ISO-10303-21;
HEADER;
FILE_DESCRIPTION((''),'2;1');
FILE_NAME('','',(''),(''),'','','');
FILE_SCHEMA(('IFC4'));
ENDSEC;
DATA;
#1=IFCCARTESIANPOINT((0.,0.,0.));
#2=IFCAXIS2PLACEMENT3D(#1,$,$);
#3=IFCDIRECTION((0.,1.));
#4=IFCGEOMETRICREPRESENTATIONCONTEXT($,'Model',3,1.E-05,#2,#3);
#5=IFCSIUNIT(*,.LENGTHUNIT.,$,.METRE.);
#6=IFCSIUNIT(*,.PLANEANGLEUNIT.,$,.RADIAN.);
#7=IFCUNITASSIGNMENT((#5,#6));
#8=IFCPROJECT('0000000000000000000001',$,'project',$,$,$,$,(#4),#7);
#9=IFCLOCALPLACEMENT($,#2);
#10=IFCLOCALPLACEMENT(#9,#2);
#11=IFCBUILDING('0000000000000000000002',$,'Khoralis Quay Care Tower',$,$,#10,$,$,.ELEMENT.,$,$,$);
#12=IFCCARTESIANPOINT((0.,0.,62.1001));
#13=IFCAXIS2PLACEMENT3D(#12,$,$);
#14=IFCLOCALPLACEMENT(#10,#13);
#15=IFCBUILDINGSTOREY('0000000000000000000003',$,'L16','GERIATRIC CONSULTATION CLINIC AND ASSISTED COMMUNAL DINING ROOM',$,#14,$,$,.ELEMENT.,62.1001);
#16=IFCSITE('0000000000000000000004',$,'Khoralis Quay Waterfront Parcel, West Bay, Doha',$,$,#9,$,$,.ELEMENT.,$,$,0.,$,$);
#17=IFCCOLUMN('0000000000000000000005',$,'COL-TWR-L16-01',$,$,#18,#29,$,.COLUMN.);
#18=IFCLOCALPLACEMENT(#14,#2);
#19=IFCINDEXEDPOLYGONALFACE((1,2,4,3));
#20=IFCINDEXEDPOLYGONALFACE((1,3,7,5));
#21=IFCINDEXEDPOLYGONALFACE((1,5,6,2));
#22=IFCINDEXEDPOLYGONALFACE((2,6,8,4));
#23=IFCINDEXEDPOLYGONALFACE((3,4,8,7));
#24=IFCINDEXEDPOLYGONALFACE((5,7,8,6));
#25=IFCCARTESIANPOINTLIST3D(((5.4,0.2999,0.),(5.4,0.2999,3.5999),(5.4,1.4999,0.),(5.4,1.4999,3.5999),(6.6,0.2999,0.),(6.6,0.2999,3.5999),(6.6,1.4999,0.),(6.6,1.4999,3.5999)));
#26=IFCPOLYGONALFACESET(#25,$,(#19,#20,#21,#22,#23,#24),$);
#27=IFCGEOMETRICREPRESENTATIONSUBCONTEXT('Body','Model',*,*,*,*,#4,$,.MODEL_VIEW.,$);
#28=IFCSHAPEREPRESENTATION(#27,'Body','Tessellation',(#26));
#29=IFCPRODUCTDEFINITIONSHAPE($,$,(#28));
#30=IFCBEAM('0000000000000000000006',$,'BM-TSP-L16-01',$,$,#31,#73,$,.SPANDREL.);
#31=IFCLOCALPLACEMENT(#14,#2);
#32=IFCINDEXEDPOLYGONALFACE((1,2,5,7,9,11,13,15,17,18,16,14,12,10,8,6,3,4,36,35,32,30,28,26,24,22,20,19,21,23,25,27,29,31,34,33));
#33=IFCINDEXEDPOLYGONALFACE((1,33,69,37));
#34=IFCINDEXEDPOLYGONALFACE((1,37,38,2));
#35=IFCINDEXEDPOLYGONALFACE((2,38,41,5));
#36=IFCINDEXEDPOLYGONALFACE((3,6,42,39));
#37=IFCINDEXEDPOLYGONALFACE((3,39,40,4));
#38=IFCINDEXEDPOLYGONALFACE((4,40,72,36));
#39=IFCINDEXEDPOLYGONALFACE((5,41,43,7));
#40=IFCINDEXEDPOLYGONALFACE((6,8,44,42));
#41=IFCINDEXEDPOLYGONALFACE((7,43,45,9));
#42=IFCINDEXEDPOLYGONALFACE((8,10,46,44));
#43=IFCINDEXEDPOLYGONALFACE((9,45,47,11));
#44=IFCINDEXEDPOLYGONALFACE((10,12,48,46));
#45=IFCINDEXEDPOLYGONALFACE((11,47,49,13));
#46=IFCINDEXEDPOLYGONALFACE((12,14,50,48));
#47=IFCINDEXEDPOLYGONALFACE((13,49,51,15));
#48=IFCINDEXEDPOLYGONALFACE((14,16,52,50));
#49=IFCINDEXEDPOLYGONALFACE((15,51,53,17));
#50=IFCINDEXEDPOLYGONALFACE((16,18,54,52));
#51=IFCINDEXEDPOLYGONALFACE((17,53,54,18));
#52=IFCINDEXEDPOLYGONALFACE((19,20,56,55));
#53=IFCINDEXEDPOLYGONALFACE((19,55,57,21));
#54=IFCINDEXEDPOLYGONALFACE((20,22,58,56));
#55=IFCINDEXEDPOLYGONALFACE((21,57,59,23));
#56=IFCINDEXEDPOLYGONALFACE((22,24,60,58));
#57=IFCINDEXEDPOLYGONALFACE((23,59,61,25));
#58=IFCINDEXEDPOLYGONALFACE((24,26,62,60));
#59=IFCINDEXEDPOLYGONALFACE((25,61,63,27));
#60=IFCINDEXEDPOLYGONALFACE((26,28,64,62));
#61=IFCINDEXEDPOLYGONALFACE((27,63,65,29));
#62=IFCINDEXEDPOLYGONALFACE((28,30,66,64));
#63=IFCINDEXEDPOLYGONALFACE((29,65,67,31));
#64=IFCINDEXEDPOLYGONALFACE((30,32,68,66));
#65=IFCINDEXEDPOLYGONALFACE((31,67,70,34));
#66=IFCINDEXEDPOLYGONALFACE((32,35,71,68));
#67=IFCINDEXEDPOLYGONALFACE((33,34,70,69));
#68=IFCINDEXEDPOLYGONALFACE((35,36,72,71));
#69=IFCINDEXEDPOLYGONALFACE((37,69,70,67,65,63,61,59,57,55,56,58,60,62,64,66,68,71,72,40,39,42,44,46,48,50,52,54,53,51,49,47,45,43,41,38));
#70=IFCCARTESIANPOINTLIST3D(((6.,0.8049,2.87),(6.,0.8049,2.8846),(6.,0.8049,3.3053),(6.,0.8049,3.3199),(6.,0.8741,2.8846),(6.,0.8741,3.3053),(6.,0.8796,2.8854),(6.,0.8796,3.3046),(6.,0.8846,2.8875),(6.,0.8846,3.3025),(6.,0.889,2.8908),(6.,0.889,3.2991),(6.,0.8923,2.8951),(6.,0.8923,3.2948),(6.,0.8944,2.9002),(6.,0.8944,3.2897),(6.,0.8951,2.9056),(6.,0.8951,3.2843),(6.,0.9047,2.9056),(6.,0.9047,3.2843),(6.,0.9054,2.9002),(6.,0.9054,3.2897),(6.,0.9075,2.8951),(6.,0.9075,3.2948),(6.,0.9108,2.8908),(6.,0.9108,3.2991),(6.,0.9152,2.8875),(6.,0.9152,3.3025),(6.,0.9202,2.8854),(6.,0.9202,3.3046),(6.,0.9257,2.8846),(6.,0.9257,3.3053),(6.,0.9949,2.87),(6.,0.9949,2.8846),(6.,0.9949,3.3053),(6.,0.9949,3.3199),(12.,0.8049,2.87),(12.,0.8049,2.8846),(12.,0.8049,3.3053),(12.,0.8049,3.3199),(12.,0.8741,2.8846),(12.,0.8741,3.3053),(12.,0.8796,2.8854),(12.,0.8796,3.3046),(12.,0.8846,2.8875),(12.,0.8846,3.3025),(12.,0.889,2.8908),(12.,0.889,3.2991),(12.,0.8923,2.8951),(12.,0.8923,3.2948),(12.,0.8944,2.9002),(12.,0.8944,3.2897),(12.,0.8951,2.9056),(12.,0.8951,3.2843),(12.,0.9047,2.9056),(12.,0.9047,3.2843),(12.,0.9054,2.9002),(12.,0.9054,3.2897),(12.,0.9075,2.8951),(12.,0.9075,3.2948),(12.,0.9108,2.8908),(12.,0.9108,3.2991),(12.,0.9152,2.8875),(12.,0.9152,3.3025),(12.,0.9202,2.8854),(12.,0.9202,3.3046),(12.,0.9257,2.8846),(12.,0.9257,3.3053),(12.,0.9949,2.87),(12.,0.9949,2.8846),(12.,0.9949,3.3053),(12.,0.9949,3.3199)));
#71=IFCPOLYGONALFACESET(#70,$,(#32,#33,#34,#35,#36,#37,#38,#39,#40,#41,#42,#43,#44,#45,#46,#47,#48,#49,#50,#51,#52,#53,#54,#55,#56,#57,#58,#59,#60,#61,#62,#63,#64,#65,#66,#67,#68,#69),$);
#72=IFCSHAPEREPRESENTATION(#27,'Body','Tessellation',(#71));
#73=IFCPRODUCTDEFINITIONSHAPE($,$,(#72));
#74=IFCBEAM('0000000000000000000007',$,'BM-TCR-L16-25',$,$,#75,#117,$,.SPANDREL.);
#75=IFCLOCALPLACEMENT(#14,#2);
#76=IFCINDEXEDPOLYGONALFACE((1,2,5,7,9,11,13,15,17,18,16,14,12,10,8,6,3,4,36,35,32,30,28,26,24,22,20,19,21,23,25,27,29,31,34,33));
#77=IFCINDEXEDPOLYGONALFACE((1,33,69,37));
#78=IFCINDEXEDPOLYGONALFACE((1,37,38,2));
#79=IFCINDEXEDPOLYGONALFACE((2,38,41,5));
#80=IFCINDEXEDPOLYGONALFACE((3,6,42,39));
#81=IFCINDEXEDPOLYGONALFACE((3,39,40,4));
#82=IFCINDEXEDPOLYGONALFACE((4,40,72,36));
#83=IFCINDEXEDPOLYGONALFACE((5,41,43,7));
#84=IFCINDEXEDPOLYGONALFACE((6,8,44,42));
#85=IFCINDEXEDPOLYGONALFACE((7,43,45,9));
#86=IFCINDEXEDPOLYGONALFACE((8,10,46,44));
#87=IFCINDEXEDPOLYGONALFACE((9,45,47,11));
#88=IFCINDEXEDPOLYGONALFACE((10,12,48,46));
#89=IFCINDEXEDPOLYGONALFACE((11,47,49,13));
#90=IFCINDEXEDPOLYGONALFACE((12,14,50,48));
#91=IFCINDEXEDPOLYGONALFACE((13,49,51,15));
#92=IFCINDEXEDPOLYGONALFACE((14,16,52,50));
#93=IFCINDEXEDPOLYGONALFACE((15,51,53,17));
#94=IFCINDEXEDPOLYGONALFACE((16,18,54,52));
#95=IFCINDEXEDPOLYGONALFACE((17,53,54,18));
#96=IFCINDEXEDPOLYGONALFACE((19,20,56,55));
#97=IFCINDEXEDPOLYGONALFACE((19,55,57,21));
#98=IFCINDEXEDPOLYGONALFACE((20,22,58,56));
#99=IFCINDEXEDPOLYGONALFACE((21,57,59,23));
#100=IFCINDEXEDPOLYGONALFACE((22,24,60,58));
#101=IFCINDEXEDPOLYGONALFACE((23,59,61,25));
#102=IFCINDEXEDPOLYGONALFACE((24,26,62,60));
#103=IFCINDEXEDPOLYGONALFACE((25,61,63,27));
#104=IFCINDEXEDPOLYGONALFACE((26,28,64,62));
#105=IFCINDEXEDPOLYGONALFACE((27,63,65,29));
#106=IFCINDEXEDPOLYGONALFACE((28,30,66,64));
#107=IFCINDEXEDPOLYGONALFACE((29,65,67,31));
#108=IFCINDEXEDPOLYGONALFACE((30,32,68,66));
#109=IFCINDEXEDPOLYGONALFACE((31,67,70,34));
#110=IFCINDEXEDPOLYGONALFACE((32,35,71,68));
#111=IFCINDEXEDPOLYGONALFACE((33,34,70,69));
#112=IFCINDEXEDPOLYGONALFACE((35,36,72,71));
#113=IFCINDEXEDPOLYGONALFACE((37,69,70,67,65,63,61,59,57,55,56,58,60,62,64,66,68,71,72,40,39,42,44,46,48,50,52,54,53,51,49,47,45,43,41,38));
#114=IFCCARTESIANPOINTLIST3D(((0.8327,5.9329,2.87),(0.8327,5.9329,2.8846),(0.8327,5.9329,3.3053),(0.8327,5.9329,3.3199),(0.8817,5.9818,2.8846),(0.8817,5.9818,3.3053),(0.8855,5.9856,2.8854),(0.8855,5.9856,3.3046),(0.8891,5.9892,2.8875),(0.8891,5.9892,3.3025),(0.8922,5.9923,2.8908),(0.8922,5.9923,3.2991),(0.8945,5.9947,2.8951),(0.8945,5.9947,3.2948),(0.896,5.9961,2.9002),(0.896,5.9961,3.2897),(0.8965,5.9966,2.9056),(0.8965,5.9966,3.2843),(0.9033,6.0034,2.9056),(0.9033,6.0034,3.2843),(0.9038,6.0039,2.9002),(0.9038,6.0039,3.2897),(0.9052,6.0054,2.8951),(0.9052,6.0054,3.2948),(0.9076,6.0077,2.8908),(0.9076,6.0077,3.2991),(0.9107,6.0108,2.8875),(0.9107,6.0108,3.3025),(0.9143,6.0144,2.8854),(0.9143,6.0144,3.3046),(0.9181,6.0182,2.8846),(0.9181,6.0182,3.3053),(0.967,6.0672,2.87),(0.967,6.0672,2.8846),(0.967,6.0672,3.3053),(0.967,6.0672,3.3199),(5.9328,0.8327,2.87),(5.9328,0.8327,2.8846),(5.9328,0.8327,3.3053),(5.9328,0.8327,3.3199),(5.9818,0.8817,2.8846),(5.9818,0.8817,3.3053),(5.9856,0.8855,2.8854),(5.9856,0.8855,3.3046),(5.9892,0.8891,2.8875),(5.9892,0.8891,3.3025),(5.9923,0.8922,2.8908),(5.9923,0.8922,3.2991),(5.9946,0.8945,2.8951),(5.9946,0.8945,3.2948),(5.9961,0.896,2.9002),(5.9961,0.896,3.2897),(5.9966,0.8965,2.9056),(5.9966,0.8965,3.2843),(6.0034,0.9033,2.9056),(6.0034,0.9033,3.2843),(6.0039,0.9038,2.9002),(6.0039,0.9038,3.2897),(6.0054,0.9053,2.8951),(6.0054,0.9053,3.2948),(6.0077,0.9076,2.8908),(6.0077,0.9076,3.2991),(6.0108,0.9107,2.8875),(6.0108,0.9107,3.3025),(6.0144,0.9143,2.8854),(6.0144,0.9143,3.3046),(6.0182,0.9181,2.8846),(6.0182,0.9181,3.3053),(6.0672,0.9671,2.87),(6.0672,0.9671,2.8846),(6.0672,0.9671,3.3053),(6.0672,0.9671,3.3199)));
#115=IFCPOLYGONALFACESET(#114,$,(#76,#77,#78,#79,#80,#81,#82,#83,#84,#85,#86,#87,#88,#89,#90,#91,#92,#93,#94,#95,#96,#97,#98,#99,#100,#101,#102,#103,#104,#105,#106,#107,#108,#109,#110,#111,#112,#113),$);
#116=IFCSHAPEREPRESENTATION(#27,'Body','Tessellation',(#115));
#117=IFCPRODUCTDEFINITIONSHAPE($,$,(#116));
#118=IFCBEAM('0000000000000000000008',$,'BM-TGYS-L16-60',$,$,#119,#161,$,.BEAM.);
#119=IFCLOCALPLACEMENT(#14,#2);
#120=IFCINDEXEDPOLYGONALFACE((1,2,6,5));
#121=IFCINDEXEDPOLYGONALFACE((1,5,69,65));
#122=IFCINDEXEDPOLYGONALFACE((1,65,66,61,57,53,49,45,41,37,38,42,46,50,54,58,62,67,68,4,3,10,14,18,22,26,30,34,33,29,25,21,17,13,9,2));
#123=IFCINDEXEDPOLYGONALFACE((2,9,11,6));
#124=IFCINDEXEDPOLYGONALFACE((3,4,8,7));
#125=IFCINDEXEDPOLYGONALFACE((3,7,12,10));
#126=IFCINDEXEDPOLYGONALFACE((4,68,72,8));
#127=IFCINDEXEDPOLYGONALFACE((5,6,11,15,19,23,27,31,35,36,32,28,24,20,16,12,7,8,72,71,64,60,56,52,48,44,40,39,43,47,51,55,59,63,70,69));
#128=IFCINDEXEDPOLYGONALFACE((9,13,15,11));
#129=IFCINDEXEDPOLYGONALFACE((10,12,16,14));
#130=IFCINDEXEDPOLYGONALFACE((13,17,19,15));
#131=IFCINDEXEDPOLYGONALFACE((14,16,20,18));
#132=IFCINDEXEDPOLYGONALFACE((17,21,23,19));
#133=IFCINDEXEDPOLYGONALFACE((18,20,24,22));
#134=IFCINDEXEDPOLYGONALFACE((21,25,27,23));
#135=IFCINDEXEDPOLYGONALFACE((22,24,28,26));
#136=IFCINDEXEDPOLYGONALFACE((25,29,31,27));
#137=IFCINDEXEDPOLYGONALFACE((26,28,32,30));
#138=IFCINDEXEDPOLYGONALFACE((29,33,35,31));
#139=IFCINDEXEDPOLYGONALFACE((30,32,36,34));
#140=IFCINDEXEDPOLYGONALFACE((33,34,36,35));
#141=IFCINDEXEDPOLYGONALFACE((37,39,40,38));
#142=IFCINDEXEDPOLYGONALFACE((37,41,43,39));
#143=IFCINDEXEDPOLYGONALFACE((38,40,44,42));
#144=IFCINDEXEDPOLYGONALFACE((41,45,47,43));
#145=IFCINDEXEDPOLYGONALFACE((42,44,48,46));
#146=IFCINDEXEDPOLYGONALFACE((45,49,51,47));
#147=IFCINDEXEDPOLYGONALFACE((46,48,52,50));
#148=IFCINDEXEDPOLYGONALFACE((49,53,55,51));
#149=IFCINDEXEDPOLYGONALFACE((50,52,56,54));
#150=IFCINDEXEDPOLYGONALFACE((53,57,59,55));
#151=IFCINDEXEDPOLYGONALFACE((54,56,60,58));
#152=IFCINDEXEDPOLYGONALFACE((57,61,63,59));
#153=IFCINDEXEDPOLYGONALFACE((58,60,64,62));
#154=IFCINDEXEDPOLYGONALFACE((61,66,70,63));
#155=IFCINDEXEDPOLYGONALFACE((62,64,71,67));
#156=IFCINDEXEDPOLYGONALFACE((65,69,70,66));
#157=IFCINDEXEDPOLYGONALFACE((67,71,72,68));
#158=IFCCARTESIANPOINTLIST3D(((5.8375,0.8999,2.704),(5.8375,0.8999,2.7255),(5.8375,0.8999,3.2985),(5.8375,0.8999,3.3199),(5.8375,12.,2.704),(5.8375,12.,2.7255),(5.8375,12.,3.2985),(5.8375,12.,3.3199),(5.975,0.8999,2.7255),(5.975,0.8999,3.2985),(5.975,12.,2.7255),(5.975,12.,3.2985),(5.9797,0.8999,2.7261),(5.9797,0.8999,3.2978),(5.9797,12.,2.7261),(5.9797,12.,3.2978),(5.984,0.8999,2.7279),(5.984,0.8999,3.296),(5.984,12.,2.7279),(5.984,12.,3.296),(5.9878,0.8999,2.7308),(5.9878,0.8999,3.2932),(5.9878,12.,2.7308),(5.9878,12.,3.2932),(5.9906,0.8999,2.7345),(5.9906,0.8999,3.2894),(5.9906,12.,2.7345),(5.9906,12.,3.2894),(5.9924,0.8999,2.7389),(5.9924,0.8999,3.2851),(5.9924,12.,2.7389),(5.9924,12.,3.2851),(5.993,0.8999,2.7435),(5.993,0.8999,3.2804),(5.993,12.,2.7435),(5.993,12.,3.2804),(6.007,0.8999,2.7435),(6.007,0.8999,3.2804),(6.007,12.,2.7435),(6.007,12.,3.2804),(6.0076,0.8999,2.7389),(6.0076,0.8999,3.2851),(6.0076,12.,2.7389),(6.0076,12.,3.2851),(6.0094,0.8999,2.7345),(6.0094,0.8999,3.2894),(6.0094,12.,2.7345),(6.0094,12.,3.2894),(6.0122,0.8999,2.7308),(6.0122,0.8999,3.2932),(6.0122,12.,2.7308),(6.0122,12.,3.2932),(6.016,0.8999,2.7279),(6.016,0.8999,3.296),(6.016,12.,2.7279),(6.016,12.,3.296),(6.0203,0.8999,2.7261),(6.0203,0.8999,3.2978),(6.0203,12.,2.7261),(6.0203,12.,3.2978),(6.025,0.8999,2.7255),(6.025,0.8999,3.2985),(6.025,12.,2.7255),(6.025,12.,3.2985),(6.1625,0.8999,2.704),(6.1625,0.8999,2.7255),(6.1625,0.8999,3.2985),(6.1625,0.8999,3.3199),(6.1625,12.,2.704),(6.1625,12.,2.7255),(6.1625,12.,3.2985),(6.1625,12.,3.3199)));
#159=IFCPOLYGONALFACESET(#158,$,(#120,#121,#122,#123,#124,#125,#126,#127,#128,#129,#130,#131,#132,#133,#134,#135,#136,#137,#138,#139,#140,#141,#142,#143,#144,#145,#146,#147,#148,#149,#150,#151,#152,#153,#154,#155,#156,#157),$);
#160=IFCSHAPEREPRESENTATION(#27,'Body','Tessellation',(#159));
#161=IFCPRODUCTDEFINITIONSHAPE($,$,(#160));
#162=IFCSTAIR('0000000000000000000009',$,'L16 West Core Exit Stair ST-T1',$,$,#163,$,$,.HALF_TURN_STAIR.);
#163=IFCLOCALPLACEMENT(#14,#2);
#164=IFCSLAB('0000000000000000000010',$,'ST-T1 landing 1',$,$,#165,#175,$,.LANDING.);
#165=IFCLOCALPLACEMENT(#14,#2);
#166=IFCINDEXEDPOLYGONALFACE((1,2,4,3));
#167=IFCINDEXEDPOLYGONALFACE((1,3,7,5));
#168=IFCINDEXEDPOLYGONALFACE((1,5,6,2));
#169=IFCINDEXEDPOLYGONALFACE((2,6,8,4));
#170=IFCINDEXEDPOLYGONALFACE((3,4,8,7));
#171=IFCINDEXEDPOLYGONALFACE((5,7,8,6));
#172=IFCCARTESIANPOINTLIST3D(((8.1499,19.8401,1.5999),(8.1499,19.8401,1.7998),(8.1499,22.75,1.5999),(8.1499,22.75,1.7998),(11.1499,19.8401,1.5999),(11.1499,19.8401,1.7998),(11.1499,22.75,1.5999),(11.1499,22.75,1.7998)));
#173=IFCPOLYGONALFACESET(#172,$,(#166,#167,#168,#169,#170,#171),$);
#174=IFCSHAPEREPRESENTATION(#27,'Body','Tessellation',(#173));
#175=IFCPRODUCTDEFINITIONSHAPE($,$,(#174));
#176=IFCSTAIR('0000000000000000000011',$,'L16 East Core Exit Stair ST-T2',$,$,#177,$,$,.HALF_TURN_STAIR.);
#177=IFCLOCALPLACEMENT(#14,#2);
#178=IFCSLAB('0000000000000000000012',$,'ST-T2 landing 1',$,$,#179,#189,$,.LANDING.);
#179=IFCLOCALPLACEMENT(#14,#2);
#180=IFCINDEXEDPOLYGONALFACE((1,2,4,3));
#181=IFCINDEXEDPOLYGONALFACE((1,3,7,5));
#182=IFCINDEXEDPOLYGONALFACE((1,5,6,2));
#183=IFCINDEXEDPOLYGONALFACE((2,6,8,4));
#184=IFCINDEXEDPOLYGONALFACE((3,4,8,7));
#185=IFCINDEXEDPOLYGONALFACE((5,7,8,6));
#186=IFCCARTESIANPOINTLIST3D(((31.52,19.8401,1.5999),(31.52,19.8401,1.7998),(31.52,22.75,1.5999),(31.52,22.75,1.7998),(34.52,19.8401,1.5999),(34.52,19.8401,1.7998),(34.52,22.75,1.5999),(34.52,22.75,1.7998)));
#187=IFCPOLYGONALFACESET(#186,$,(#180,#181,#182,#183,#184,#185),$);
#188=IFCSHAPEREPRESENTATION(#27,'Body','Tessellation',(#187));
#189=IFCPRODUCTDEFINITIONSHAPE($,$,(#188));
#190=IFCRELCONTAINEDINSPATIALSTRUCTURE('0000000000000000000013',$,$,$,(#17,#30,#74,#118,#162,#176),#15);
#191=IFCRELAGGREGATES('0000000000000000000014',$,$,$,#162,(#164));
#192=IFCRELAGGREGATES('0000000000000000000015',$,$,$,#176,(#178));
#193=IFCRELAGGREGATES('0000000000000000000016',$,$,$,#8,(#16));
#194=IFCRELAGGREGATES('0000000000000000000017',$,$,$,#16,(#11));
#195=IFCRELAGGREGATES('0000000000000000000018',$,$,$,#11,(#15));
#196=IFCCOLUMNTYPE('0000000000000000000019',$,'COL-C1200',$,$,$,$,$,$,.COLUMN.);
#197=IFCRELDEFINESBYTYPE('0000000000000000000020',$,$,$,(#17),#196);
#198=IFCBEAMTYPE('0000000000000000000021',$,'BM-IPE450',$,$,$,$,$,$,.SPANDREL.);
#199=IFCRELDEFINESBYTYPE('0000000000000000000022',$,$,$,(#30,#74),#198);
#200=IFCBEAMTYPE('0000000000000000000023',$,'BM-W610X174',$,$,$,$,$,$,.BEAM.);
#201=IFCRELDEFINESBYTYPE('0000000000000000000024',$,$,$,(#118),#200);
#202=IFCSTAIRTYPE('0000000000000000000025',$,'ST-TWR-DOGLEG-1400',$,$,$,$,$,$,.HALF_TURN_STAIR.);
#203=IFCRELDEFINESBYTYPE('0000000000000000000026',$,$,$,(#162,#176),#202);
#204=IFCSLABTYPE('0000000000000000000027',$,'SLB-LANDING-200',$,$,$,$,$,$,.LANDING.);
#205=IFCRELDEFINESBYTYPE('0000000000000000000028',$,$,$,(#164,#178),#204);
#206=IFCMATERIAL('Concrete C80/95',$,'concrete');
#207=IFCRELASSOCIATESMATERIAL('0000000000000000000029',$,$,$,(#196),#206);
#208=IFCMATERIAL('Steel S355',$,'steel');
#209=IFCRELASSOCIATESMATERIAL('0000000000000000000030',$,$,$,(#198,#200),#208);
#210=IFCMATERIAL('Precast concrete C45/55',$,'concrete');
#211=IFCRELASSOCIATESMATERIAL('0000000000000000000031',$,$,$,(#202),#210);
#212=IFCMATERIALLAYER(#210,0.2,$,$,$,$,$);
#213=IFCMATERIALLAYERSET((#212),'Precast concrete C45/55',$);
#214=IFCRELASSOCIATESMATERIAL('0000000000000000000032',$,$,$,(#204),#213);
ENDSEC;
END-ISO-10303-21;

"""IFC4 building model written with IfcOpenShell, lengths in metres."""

from ifc_helpers import new_model, si_unit, direction, frame, origin, origin_2d, place, context, subcontext, project, spatial, polyline, rectangle, i_section, outline, extrude, source, transform, mapped, material, layer, layer_set, material_profile, profile_set, type_object, element, aggregate, save


model = new_model("IFC4")

# Units and contexts
model_context = context("Model", 3, precision=1e-05, world=origin(), true_north=direction((0.0, 1.0)))
body_context = subcontext(model_context, "Body", "Model", "MODEL_VIEW")
ifc_project = project(units=[si_unit("LENGTHUNIT", "METRE"), si_unit("PLANEANGLEUNIT", "RADIAN")], contexts=[model_context])

# Site, building, storey
site_placement = place(None, origin())
site = spatial("IfcSite", under=ifc_project, at=site_placement, Name="Khoralis Quay Waterfront Parcel, West Bay, Doha", CompositionType="ELEMENT", RefElevation=0.0)
building_placement = place(site_placement, origin())
building = spatial("IfcBuilding", under=site, at=building_placement, Name="Khoralis Quay Care Tower", CompositionType="ELEMENT")
storey_placement = place(building_placement, frame((0.0, 0.0, 62.1001)))
storey = spatial("IfcBuildingStorey", under=building, at=storey_placement, Name="L16", Description="GERIATRIC CONSULTATION CLINIC AND ASSISTED COMMUNAL DINING ROOM", CompositionType="ELEMENT", Elevation=62.1001)

# Column
ifc_material_1 = material(Name="Concrete C80/95", Category="concrete")
ifc_material_profile_1 = material_profile(ifc_material_1, rectangle(XDim=1.2, YDim=1.2, at=origin_2d()), Name="Concrete C80/95")
ifc_profile_set_1 = profile_set([ifc_material_profile_1], Name="Concrete C80/95")
column_type = type_object("IfcColumnType", Name="COL-C1200", PredefinedType="COLUMN", material=ifc_profile_set_1)
shared_shape_1 = source(origin(), body_context, "Body", "SweptSolid", [
    extrude(rectangle(XDim=1.2, YDim=1.2, at=origin_2d()), origin(), (0.0, 0.0, 1.0), 3.5999),
])
column_placement = place(storey_placement, frame((6.0, 0.8999, 0.0), z_axis=(0.0, 0.0, 1.0), x_axis=(1.0, 0.0, 0.0)))
element("IfcColumn", 1, at=column_placement, inside=storey, type_object=column_type, Name="COL-TWR-L16-01", PredefinedType="COLUMN", context=body_context, shape_type="MappedRepresentation", body=[
    mapped(shared_shape_1, transform((0.0, 0.0, 0.0), scale=1.0)),
])

# Beams
ifc_material_2 = material(Name="Steel S355", Category="steel")
ifc_material_profile_2 = material_profile(ifc_material_2, i_section(OverallWidth=0.1899, OverallDepth=0.45, WebThickness=0.0095, FlangeThickness=0.0146, FilletRadius=0.021, at=origin_2d()), Name="Steel S355")
ifc_profile_set_2 = profile_set([ifc_material_profile_2], Name="Steel S355")
beam_type_1 = type_object("IfcBeamType", Name="BM-IPE450", PredefinedType="SPANDREL", material=ifc_profile_set_2)
shared_shape_2 = source(origin(), body_context, "Body", "SweptSolid", [
    extrude(i_section(OverallWidth=0.1899, OverallDepth=0.45, WebThickness=0.0095, FlangeThickness=0.0146, FilletRadius=0.021, at=origin_2d()), origin(), (0.0, 0.0, 1.0), 6.0),
])
beam_1_placement = place(storey_placement, frame((6.0, 0.8999, 3.095), z_axis=(1.0, 0.0, 0.0), x_axis=(0.0, 1.0, 0.0)))
element("IfcBeam", 2, at=beam_1_placement, inside=storey, type_object=beam_type_1, Name="BM-TSP-L16-01", PredefinedType="SPANDREL", context=body_context, shape_type="MappedRepresentation", body=[
    mapped(shared_shape_2, transform((0.0, 0.0, 0.0), scale=1.0)),
])
shared_shape_3 = source(origin(), body_context, "Body", "SweptSolid", [
    extrude(i_section(OverallWidth=0.1899, OverallDepth=0.45, WebThickness=0.0095, FlangeThickness=0.0146, FilletRadius=0.021, at=origin_2d()), origin(), (0.0, 0.0, 1.0), 7.2126),
])
beam_2_placement = place(storey_placement, frame((6.0, 0.8999, 3.095), z_axis=(-0.707107, 0.707107, 0.0), x_axis=(-0.707107, -0.707107, 0.0)))
element("IfcBeam", 3, at=beam_2_placement, inside=storey, type_object=beam_type_1, Name="BM-TCR-L16-25", PredefinedType="SPANDREL", context=body_context, shape_type="MappedRepresentation", body=[
    mapped(shared_shape_3, transform((0.0, 0.0, 0.0), scale=1.0)),
])
ifc_material_profile_3 = material_profile(ifc_material_2, i_section(OverallWidth=0.325, OverallDepth=0.616, WebThickness=0.0139, FlangeThickness=0.0215, FilletRadius=0.0181, at=origin_2d()), Name="Steel S355")
ifc_profile_set_3 = profile_set([ifc_material_profile_3], Name="Steel S355")
beam_type_2 = type_object("IfcBeamType", Name="BM-W610X174", PredefinedType="BEAM", material=ifc_profile_set_3)
shared_shape_4 = source(origin(), body_context, "Body", "SweptSolid", [
    extrude(i_section(OverallWidth=0.325, OverallDepth=0.616, WebThickness=0.0139, FlangeThickness=0.0215, FilletRadius=0.0181, at=origin_2d()), origin(), (0.0, 0.0, 1.0), 11.1001),
])
beam_3_placement = place(storey_placement, frame((6.0, 0.8999, 3.012), z_axis=(0.0, 1.0, 0.0), x_axis=(-1.0, 0.0, 0.0)))
element("IfcBeam", 4, at=beam_3_placement, inside=storey, type_object=beam_type_2, Name="BM-TGYS-L16-60", PredefinedType="BEAM", context=body_context, shape_type="MappedRepresentation", body=[
    mapped(shared_shape_4, transform((0.0, 0.0, 0.0), scale=1.0)),
])

# Stairs, slabs
ifc_material_3 = material(Name="Precast concrete C45/55", Category="concrete")
stair_type = type_object("IfcStairType", Name="ST-TWR-DOGLEG-1400", PredefinedType="HALF_TURN_STAIR", material=ifc_material_3)
stair_1_placement = place(storey_placement, origin())
stair_1 = element("IfcStair", 5, at=stair_1_placement, inside=storey, type_object=stair_type, Name="L16 West Core Exit Stair ST-T1", PredefinedType="HALF_TURN_STAIR")
ifc_layer_1 = layer(ifc_material_3, 0.2)
ifc_layer_set_1 = layer_set([ifc_layer_1], Name="Precast concrete C45/55")
slab_type_1 = type_object("IfcSlabType", Name="SLB-LANDING-200", PredefinedType="LANDING", material=ifc_layer_set_1)
slab_1_placement = place(storey_placement, frame((0.0, 0.0, 1.5999)))
slab_1 = element("IfcSlab", 6, at=slab_1_placement, type_object=slab_type_1, Name="ST-T1 landing 1", PredefinedType="LANDING", context=body_context, shape_type="SweptSolid", body=[
    extrude(outline(polyline([(11.1499, 19.8401), (11.1499, 22.75), (8.1499, 22.75), (8.1499, 19.8401), (11.1499, 19.8401)])), origin(), (0.0, 0.0, 1.0), 0.2),
])
aggregate(stair_1, [slab_1])
stair_2_placement = place(storey_placement, origin())
stair_2 = element("IfcStair", 7, at=stair_2_placement, inside=storey, type_object=stair_type, Name="L16 East Core Exit Stair ST-T2", PredefinedType="HALF_TURN_STAIR")
slab_2_placement = place(storey_placement, frame((0.0, 0.0, 1.5999)))
slab_2 = element("IfcSlab", 8, at=slab_2_placement, type_object=slab_type_1, Name="ST-T2 landing 1", PredefinedType="LANDING", context=body_context, shape_type="SweptSolid", body=[
    extrude(outline(polyline([(34.52, 19.8401), (34.52, 22.75), (31.52, 22.75), (31.52, 19.8401), (34.52, 19.8401)])), origin(), (0.0, 0.0, 1.0), 0.2),
])
aggregate(stair_2, [slab_2])

save(model, "model.ifc")
